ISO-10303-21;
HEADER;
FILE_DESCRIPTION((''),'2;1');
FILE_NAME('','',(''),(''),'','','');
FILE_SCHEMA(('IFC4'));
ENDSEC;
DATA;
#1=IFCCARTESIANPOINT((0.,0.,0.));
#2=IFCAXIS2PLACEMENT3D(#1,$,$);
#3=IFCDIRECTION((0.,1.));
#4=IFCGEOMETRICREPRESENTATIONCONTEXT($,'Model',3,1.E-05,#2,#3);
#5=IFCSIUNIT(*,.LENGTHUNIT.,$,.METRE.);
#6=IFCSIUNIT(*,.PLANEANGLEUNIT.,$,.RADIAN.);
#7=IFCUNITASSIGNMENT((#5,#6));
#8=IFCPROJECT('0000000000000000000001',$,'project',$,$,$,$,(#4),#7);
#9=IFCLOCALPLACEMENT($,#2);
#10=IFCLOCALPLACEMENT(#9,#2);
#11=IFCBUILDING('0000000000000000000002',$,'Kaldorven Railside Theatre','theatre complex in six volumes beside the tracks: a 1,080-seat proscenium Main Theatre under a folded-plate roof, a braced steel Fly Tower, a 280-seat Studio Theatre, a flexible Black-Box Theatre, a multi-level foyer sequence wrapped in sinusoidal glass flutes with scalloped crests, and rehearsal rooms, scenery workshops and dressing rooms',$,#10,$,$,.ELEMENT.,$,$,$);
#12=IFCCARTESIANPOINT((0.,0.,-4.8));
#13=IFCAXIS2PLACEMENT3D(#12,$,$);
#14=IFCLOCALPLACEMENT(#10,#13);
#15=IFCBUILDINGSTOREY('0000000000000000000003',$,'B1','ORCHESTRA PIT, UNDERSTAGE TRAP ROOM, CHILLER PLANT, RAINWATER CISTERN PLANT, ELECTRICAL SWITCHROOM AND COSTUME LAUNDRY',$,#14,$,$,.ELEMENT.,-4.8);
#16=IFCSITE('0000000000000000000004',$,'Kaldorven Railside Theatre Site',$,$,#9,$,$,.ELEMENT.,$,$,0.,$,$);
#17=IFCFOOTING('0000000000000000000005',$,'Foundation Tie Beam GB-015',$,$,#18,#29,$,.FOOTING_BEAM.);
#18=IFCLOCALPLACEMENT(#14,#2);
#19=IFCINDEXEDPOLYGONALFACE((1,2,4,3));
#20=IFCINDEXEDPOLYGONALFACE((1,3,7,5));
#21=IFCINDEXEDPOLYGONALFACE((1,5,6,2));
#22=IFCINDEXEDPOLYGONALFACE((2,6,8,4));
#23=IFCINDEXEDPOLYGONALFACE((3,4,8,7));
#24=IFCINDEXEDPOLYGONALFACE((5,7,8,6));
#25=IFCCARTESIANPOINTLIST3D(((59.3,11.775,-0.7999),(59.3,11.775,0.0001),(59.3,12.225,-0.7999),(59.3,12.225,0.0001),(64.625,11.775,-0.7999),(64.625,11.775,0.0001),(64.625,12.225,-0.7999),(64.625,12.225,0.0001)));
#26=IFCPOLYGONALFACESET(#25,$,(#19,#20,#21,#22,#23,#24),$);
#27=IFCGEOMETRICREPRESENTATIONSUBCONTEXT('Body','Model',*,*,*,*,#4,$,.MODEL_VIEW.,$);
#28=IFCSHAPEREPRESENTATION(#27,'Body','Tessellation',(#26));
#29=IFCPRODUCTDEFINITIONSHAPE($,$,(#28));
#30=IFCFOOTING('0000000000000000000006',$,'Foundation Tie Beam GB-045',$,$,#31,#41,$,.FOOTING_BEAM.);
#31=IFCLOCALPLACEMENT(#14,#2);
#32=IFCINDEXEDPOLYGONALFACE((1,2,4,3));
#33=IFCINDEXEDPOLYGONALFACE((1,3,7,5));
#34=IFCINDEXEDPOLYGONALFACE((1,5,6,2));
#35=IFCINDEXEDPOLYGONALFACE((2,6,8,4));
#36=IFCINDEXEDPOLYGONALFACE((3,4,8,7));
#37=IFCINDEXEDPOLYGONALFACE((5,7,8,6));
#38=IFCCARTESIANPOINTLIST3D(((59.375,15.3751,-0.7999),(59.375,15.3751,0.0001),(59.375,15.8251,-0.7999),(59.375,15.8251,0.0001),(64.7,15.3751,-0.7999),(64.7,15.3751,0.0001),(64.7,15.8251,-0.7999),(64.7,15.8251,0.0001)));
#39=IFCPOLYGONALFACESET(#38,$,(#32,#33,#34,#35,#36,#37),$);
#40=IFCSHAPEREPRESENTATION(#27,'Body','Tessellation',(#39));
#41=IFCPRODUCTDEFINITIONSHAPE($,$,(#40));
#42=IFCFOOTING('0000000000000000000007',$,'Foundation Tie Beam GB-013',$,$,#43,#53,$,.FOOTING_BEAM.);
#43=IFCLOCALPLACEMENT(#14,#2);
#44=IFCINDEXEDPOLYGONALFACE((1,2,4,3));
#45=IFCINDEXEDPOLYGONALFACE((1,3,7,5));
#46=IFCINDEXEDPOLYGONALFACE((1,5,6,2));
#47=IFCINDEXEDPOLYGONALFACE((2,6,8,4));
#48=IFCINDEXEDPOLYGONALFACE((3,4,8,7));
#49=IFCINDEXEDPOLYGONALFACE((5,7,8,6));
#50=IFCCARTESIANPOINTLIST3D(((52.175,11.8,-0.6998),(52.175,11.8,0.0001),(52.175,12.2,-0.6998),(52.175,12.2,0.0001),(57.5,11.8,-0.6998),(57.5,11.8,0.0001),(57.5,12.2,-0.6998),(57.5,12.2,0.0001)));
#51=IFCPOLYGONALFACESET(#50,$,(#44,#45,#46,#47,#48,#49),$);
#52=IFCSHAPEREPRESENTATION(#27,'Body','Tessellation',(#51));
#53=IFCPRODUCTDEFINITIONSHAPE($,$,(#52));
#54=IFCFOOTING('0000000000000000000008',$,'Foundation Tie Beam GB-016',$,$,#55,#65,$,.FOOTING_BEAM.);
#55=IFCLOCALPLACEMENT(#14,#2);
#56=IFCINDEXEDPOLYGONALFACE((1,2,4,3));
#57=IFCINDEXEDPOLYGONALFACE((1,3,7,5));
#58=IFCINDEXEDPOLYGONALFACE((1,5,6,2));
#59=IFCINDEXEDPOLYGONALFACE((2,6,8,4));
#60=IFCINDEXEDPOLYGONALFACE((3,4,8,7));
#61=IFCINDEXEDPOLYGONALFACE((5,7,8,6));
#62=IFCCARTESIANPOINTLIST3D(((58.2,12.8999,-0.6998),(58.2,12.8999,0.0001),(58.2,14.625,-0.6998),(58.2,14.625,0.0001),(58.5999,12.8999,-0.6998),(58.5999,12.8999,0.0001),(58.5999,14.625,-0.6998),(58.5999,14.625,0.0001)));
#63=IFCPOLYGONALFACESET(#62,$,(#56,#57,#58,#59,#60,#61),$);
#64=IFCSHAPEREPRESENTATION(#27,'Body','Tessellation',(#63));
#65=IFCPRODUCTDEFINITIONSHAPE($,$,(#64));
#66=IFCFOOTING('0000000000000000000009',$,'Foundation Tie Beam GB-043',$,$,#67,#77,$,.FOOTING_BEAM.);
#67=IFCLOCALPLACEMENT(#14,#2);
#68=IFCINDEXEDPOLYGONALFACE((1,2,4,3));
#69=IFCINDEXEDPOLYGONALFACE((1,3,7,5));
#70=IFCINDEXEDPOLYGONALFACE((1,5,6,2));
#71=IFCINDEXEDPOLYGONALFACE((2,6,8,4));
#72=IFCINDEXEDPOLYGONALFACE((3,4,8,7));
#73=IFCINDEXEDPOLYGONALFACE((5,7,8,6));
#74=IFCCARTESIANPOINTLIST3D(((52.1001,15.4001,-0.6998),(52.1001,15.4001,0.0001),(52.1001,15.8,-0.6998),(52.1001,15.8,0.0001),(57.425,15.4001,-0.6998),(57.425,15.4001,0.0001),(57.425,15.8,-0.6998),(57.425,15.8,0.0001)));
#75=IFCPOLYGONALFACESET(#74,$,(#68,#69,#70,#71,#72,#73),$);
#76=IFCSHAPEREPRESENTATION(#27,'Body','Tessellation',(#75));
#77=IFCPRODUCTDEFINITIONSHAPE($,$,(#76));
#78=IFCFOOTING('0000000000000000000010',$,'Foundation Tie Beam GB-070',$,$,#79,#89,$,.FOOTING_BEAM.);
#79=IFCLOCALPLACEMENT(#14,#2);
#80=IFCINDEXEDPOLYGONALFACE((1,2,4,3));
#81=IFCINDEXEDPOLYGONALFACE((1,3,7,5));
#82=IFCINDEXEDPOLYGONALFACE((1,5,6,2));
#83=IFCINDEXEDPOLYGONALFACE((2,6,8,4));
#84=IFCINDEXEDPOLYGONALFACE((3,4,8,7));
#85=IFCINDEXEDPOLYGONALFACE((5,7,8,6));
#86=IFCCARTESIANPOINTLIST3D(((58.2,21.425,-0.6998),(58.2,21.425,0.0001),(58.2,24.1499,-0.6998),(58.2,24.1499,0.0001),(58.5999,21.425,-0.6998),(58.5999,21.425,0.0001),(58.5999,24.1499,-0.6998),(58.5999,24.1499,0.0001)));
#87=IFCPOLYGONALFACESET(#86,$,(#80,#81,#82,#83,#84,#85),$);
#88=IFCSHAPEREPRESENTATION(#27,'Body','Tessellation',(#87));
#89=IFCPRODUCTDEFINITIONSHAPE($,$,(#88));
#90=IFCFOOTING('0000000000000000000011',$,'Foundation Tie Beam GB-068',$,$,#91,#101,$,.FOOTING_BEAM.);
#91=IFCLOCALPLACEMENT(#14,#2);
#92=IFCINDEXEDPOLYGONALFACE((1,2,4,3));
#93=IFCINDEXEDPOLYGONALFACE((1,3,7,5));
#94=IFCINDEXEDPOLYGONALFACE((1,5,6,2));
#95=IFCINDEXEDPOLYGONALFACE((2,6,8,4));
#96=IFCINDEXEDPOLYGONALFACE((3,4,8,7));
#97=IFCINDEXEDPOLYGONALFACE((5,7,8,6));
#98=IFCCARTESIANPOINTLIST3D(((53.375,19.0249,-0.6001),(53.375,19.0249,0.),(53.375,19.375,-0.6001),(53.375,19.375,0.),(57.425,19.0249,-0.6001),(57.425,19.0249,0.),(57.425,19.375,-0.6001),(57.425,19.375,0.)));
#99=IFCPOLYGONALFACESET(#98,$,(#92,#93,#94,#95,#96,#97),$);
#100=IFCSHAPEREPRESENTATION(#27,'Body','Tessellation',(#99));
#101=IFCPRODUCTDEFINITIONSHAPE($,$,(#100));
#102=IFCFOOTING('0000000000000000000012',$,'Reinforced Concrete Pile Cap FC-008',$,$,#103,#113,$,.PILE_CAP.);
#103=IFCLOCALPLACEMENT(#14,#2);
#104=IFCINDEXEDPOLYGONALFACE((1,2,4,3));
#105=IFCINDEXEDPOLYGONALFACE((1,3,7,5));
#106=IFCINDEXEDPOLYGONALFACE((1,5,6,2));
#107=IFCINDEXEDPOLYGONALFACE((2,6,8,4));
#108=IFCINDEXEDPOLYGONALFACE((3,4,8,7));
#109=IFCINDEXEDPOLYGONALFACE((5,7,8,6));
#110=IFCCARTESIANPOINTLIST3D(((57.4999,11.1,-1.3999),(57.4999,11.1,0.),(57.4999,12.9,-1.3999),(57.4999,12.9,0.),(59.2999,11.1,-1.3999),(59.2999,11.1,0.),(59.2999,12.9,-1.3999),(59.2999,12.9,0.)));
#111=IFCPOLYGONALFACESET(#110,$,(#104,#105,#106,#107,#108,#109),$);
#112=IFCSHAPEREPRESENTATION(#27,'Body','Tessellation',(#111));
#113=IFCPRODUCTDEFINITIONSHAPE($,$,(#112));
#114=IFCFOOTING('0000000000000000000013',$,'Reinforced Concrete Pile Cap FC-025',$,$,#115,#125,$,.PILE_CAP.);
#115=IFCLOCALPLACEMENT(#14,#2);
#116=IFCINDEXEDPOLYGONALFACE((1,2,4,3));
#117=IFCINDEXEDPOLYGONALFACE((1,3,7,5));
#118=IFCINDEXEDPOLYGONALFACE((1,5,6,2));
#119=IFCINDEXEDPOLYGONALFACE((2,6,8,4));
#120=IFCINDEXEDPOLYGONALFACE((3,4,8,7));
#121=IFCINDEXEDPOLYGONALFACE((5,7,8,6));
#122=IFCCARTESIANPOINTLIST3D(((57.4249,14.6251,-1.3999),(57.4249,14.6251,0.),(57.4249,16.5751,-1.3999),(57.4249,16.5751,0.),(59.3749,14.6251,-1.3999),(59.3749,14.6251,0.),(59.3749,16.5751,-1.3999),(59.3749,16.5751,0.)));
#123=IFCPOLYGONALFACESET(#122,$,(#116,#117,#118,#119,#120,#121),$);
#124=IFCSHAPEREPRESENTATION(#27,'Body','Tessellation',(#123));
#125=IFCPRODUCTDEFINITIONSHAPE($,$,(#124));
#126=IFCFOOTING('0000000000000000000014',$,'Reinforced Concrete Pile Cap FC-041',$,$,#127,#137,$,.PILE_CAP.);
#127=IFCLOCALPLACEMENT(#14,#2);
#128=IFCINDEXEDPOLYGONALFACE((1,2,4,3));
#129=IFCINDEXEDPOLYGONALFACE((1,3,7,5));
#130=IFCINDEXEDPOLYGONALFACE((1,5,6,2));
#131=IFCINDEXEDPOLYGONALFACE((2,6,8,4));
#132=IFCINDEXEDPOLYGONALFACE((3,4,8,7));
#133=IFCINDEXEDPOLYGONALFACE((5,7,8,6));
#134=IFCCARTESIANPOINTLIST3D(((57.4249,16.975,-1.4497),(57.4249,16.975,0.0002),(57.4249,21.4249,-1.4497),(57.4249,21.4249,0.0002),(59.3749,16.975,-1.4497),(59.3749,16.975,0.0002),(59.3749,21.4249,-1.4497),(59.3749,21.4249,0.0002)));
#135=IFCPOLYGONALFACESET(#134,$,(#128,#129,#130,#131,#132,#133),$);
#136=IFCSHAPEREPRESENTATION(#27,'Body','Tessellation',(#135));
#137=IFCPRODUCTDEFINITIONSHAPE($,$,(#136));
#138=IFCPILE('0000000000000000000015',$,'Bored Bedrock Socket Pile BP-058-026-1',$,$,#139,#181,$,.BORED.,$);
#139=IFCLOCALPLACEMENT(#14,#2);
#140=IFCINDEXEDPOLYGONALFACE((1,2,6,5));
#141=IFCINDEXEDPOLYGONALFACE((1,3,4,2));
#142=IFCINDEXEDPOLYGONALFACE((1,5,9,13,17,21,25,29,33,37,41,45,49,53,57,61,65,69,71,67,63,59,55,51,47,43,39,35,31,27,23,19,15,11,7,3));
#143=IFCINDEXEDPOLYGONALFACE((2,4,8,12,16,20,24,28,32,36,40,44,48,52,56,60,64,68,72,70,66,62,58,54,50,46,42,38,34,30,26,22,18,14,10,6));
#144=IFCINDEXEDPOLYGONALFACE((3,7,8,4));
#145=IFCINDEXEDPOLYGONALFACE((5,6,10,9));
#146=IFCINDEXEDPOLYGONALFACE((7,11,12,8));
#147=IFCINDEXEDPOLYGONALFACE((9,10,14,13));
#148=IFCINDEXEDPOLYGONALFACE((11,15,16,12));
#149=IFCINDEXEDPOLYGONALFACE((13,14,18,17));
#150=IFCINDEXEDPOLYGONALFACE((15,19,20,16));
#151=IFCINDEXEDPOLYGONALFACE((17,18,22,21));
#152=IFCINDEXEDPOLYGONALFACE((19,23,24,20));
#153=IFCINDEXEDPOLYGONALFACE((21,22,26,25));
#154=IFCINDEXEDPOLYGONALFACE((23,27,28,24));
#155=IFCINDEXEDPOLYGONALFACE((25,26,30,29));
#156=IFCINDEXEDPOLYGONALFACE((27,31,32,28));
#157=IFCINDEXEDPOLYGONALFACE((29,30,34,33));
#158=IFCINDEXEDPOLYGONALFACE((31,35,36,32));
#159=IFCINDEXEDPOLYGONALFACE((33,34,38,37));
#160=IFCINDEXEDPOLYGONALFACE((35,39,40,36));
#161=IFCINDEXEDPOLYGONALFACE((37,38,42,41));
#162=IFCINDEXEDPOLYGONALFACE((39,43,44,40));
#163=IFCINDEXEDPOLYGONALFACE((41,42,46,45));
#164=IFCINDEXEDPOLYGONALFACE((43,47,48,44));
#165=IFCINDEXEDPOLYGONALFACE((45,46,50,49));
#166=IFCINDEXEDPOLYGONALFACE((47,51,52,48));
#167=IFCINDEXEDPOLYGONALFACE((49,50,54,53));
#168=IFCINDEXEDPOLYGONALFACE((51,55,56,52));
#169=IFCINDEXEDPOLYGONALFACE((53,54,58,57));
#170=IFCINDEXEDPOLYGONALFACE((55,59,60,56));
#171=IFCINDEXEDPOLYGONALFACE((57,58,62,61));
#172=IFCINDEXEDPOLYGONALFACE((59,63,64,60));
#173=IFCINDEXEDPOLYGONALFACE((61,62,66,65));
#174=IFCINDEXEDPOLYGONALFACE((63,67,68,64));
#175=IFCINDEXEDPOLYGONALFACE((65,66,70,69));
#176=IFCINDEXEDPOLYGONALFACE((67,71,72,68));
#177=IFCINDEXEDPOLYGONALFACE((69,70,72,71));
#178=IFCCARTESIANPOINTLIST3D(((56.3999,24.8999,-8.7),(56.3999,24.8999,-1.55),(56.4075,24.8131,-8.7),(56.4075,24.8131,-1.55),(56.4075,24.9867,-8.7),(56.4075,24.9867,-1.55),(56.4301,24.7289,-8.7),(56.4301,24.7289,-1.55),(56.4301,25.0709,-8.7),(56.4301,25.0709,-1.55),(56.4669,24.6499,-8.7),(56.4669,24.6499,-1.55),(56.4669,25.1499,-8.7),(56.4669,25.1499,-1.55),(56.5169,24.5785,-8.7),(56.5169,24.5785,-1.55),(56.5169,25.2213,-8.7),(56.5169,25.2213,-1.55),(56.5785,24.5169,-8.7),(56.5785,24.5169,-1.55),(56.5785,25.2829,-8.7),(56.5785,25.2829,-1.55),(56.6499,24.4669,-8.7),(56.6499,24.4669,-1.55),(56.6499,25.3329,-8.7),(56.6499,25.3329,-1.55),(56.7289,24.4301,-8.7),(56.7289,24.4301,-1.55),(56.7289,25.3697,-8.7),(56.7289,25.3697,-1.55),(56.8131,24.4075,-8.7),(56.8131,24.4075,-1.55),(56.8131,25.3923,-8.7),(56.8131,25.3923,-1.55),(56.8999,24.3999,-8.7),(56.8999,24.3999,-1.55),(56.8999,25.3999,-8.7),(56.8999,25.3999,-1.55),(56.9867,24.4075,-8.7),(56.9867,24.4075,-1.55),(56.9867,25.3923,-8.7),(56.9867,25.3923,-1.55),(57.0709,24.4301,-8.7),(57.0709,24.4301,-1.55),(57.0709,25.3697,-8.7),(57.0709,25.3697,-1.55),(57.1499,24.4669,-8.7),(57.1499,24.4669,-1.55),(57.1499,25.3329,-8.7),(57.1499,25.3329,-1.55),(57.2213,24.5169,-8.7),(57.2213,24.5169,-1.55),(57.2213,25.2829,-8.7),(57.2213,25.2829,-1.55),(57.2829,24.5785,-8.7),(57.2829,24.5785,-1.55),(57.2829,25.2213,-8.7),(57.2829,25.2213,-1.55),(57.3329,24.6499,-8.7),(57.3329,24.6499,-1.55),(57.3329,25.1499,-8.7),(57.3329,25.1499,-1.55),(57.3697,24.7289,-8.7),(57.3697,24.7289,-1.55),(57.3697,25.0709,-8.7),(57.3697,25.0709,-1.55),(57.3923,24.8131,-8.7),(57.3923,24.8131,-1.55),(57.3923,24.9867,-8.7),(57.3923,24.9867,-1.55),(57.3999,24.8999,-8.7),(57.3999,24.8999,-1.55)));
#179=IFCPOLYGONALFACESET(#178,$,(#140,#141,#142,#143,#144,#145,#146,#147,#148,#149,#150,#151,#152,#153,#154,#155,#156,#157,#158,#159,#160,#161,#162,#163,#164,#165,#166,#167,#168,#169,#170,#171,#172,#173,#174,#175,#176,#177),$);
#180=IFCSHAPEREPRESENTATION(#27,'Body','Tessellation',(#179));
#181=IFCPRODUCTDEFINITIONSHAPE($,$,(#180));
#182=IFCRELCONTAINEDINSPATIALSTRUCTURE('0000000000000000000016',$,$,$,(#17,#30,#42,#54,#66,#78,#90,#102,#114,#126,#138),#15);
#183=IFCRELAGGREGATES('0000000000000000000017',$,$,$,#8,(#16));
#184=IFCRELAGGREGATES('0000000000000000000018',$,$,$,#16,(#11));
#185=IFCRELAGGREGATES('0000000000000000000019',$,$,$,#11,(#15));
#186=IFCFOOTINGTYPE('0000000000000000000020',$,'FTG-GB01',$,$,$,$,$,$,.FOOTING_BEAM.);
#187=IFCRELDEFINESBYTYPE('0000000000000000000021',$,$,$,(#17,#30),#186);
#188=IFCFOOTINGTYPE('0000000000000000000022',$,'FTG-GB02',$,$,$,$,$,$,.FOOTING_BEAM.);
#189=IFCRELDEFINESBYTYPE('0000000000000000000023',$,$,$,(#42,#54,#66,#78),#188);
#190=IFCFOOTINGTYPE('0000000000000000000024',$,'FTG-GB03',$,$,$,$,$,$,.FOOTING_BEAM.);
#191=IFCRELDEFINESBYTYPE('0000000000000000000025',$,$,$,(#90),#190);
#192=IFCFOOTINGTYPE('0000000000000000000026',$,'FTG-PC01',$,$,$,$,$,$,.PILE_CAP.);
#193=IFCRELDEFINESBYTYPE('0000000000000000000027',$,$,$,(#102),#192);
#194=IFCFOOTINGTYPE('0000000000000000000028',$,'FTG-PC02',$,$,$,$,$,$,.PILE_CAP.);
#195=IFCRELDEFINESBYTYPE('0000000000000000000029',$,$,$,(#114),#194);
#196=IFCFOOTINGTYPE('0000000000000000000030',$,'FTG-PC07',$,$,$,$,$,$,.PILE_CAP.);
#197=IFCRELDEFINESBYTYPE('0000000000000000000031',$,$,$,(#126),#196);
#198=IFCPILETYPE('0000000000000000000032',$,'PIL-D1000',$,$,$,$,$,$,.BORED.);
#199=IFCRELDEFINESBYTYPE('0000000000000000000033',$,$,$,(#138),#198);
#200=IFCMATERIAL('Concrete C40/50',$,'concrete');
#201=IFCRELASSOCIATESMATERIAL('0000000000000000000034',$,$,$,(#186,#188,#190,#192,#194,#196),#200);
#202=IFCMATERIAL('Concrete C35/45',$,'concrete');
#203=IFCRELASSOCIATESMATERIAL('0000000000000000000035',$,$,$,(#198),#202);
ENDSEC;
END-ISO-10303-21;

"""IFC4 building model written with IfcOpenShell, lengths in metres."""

from ifc_helpers import new_model, si_unit, direction, frame, origin, origin_2d, place, context, subcontext, project, spatial, rectangle, circle, extrude, material, material_profile, profile_set, type_object, element, save


model = new_model("IFC4")

# Units and contexts
model_context = context("Model", 3, precision=1e-05, world=origin(), true_north=direction((0.0, 1.0)))
body_context = subcontext(model_context, "Body", "Model", "MODEL_VIEW")
ifc_project = project(units=[si_unit("LENGTHUNIT", "METRE"), si_unit("PLANEANGLEUNIT", "RADIAN")], contexts=[model_context])

# Site, building, storey
site_placement = place(None, origin())
site = spatial("IfcSite", under=ifc_project, at=site_placement, Name="Kaldorven Railside Theatre Site", CompositionType="ELEMENT", RefElevation=0.0)
building_placement = place(site_placement, origin())
building = spatial("IfcBuilding", under=site, at=building_placement, Name="Kaldorven Railside Theatre", Description="theatre complex in six volumes beside the tracks: a 1,080-seat proscenium Main Theatre under a folded-plate roof, a braced steel Fly Tower, a 280-seat Studio Theatre, a flexible Black-Box Theatre, a multi-level foyer sequence wrapped in sinusoidal glass flutes with scalloped crests, and rehearsal rooms, scenery workshops and dressing rooms", CompositionType="ELEMENT")
storey_placement = place(building_placement, frame((0.0, 0.0, -4.8)))
storey = spatial("IfcBuildingStorey", under=building, at=storey_placement, Name="B1", Description="ORCHESTRA PIT, UNDERSTAGE TRAP ROOM, CHILLER PLANT, RAINWATER CISTERN PLANT, ELECTRICAL SWITCHROOM AND COSTUME LAUNDRY", CompositionType="ELEMENT", Elevation=-4.8)

# Footings
ifc_material_1 = material(Name="Concrete C40/50", Category="concrete")
ifc_material_profile_1 = material_profile(ifc_material_1, rectangle(XDim=0.45, YDim=0.8, at=origin_2d()), Name="RC 450x800")
ifc_profile_set_1 = profile_set([ifc_material_profile_1], Name="Concrete C40/50")
footing_type_1 = type_object("IfcFootingType", Name="FTG-GB01", PredefinedType="FOOTING_BEAM", material=ifc_profile_set_1)
for number, where, z_axis, x_axis, name in (
    (1, (59.3, 12.0, -0.3999), (1.0, 0.0, 0.0), (0.0, 1.0, 0.0), "Foundation Tie Beam GB-015"),
    (2, (59.375, 15.6001, -0.3999), (1.0, 0.0, 0.0), (0.0, 1.0, 0.0), "Foundation Tie Beam GB-045"),
):
    element("IfcFooting", number, at=place(storey_placement, frame(where, z_axis=z_axis, x_axis=x_axis)), inside=storey, type_object=footing_type_1, Name=name, PredefinedType="FOOTING_BEAM", context=body_context, shape_type="SweptSolid", body=[
        extrude(rectangle(XDim=0.45, YDim=0.8, at=origin_2d()), origin(), (0.0, 0.0, 1.0), 5.325),
    ])
ifc_material_profile_2 = material_profile(ifc_material_1, rectangle(XDim=0.3999, YDim=0.7, at=origin_2d()), Name="RC 400x700")
ifc_profile_set_2 = profile_set([ifc_material_profile_2], Name="Concrete C40/50")
footing_type_2 = type_object("IfcFootingType", Name="FTG-GB02", PredefinedType="FOOTING_BEAM", material=ifc_profile_set_2)
footing_1_placement = place(storey_placement, frame((52.175, 12.0, -0.3499), z_axis=(1.0, 0.0, 0.0), x_axis=(0.0, 1.0, 0.0)))
element("IfcFooting", 3, at=footing_1_placement, inside=storey, type_object=footing_type_2, Name="Foundation Tie Beam GB-013", PredefinedType="FOOTING_BEAM", context=body_context, shape_type="SweptSolid", body=[
    extrude(rectangle(XDim=0.3999, YDim=0.7, at=origin_2d()), origin(), (0.0, 0.0, 1.0), 5.325),
])
footing_2_placement = place(storey_placement, frame((58.3999, 12.8999, -0.3499), z_axis=(0.0, 1.0, 0.0), x_axis=(-1.0, 0.0, 0.0)))
element("IfcFooting", 4, at=footing_2_placement, inside=storey, type_object=footing_type_2, Name="Foundation Tie Beam GB-016", PredefinedType="FOOTING_BEAM", context=body_context, shape_type="SweptSolid", body=[
    extrude(rectangle(XDim=0.3999, YDim=0.7, at=origin_2d()), origin(), (0.0, 0.0, 1.0), 1.7251),
])
footing_3_placement = place(storey_placement, frame((52.1001, 15.6001, -0.3499), z_axis=(1.0, 0.0, 0.0), x_axis=(0.0, 1.0, 0.0)))
element("IfcFooting", 5, at=footing_3_placement, inside=storey, type_object=footing_type_2, Name="Foundation Tie Beam GB-043", PredefinedType="FOOTING_BEAM", context=body_context, shape_type="SweptSolid", body=[
    extrude(rectangle(XDim=0.3999, YDim=0.7, at=origin_2d()), origin(), (0.0, 0.0, 1.0), 5.325),
])
footing_4_placement = place(storey_placement, frame((58.3999, 21.425, -0.3499), z_axis=(0.0, 1.0, 0.0), x_axis=(-1.0, 0.0, 0.0)))
element("IfcFooting", 6, at=footing_4_placement, inside=storey, type_object=footing_type_2, Name="Foundation Tie Beam GB-070", PredefinedType="FOOTING_BEAM", context=body_context, shape_type="SweptSolid", body=[
    extrude(rectangle(XDim=0.3999, YDim=0.7, at=origin_2d()), origin(), (0.0, 0.0, 1.0), 2.7249),
])
ifc_material_profile_3 = material_profile(ifc_material_1, rectangle(XDim=0.3501, YDim=0.6001, at=origin_2d()), Name="RC 350x600")
ifc_profile_set_3 = profile_set([ifc_material_profile_3], Name="Concrete C40/50")
footing_type_3 = type_object("IfcFootingType", Name="FTG-GB03", PredefinedType="FOOTING_BEAM", material=ifc_profile_set_3)
footing_5_placement = place(storey_placement, frame((53.375, 19.2, -0.3), z_axis=(1.0, 0.0, 0.0), x_axis=(0.0, 1.0, 0.0)))
element("IfcFooting", 7, at=footing_5_placement, inside=storey, type_object=footing_type_3, Name="Foundation Tie Beam GB-068", PredefinedType="FOOTING_BEAM", context=body_context, shape_type="SweptSolid", body=[
    extrude(rectangle(XDim=0.3501, YDim=0.6001, at=origin_2d()), origin(), (0.0, 0.0, 1.0), 4.05),
])
footing_type_4 = type_object("IfcFootingType", Name="FTG-PC01", PredefinedType="PILE_CAP", material=ifc_material_1)
footing_6_placement = place(storey_placement, frame((58.3999, 12.0, -1.3999), z_axis=(0.0, 0.0, 1.0), x_axis=(1.0, 0.0, 0.0)))
element("IfcFooting", 8, at=footing_6_placement, inside=storey, type_object=footing_type_4, Name="Reinforced Concrete Pile Cap FC-008", PredefinedType="PILE_CAP", context=body_context, shape_type="SweptSolid", body=[
    extrude(rectangle(XDim=1.8, YDim=1.8, at=origin_2d()), origin(), (0.0, 0.0, 1.0), 1.3999),
])
footing_type_5 = type_object("IfcFootingType", Name="FTG-PC02", PredefinedType="PILE_CAP", material=ifc_material_1)
footing_7_placement = place(storey_placement, frame((58.3999, 15.6001, -1.3999), z_axis=(0.0, 0.0, 1.0), x_axis=(1.0, 0.0, 0.0)))
element("IfcFooting", 9, at=footing_7_placement, inside=storey, type_object=footing_type_5, Name="Reinforced Concrete Pile Cap FC-025", PredefinedType="PILE_CAP", context=body_context, shape_type="SweptSolid", body=[
    extrude(rectangle(XDim=1.95, YDim=1.95, at=origin_2d()), origin(), (0.0, 0.0, 1.0), 1.3999),
])
footing_type_6 = type_object("IfcFootingType", Name="FTG-PC07", PredefinedType="PILE_CAP", material=ifc_material_1)
footing_8_placement = place(storey_placement, frame((58.3999, 19.2, -1.4497), z_axis=(0.0, 0.0, 1.0), x_axis=(1.0, 0.0, 0.0)))
element("IfcFooting", 10, at=footing_8_placement, inside=storey, type_object=footing_type_6, Name="Reinforced Concrete Pile Cap FC-041", PredefinedType="PILE_CAP", context=body_context, shape_type="SweptSolid", body=[
    extrude(rectangle(XDim=1.95, YDim=4.45, at=origin_2d()), origin(), (0.0, 0.0, 1.0), 1.45),
])

# Pile
ifc_material_2 = material(Name="Concrete C35/45", Category="concrete")
ifc_material_profile_4 = material_profile(ifc_material_2, circle(Radius=0.5, at=origin_2d()), Name="BP D1000")
ifc_profile_set_4 = profile_set([ifc_material_profile_4], Name="Concrete C35/45")
pile_type_1 = type_object("IfcPileType", Name="PIL-D1000", PredefinedType="BORED", material=ifc_profile_set_4)
for number, where, z_axis, x_axis, name in (
    (11, (56.8999, 24.8999, -1.55), (0.0, 0.0, -1.0), (1.0, 0.0, 0.0), "Bored Bedrock Socket Pile BP-058-026-1"),
):
    element("IfcPile", number, at=place(storey_placement, frame(where, z_axis=z_axis, x_axis=x_axis)), inside=storey, type_object=pile_type_1, Name=name, PredefinedType="BORED", context=body_context, shape_type="SweptSolid", body=[
        extrude(circle(Radius=0.5, at=origin_2d()), origin(), (0.0, 0.0, 1.0), 7.1499),
    ])

save(model, "model.ifc")
